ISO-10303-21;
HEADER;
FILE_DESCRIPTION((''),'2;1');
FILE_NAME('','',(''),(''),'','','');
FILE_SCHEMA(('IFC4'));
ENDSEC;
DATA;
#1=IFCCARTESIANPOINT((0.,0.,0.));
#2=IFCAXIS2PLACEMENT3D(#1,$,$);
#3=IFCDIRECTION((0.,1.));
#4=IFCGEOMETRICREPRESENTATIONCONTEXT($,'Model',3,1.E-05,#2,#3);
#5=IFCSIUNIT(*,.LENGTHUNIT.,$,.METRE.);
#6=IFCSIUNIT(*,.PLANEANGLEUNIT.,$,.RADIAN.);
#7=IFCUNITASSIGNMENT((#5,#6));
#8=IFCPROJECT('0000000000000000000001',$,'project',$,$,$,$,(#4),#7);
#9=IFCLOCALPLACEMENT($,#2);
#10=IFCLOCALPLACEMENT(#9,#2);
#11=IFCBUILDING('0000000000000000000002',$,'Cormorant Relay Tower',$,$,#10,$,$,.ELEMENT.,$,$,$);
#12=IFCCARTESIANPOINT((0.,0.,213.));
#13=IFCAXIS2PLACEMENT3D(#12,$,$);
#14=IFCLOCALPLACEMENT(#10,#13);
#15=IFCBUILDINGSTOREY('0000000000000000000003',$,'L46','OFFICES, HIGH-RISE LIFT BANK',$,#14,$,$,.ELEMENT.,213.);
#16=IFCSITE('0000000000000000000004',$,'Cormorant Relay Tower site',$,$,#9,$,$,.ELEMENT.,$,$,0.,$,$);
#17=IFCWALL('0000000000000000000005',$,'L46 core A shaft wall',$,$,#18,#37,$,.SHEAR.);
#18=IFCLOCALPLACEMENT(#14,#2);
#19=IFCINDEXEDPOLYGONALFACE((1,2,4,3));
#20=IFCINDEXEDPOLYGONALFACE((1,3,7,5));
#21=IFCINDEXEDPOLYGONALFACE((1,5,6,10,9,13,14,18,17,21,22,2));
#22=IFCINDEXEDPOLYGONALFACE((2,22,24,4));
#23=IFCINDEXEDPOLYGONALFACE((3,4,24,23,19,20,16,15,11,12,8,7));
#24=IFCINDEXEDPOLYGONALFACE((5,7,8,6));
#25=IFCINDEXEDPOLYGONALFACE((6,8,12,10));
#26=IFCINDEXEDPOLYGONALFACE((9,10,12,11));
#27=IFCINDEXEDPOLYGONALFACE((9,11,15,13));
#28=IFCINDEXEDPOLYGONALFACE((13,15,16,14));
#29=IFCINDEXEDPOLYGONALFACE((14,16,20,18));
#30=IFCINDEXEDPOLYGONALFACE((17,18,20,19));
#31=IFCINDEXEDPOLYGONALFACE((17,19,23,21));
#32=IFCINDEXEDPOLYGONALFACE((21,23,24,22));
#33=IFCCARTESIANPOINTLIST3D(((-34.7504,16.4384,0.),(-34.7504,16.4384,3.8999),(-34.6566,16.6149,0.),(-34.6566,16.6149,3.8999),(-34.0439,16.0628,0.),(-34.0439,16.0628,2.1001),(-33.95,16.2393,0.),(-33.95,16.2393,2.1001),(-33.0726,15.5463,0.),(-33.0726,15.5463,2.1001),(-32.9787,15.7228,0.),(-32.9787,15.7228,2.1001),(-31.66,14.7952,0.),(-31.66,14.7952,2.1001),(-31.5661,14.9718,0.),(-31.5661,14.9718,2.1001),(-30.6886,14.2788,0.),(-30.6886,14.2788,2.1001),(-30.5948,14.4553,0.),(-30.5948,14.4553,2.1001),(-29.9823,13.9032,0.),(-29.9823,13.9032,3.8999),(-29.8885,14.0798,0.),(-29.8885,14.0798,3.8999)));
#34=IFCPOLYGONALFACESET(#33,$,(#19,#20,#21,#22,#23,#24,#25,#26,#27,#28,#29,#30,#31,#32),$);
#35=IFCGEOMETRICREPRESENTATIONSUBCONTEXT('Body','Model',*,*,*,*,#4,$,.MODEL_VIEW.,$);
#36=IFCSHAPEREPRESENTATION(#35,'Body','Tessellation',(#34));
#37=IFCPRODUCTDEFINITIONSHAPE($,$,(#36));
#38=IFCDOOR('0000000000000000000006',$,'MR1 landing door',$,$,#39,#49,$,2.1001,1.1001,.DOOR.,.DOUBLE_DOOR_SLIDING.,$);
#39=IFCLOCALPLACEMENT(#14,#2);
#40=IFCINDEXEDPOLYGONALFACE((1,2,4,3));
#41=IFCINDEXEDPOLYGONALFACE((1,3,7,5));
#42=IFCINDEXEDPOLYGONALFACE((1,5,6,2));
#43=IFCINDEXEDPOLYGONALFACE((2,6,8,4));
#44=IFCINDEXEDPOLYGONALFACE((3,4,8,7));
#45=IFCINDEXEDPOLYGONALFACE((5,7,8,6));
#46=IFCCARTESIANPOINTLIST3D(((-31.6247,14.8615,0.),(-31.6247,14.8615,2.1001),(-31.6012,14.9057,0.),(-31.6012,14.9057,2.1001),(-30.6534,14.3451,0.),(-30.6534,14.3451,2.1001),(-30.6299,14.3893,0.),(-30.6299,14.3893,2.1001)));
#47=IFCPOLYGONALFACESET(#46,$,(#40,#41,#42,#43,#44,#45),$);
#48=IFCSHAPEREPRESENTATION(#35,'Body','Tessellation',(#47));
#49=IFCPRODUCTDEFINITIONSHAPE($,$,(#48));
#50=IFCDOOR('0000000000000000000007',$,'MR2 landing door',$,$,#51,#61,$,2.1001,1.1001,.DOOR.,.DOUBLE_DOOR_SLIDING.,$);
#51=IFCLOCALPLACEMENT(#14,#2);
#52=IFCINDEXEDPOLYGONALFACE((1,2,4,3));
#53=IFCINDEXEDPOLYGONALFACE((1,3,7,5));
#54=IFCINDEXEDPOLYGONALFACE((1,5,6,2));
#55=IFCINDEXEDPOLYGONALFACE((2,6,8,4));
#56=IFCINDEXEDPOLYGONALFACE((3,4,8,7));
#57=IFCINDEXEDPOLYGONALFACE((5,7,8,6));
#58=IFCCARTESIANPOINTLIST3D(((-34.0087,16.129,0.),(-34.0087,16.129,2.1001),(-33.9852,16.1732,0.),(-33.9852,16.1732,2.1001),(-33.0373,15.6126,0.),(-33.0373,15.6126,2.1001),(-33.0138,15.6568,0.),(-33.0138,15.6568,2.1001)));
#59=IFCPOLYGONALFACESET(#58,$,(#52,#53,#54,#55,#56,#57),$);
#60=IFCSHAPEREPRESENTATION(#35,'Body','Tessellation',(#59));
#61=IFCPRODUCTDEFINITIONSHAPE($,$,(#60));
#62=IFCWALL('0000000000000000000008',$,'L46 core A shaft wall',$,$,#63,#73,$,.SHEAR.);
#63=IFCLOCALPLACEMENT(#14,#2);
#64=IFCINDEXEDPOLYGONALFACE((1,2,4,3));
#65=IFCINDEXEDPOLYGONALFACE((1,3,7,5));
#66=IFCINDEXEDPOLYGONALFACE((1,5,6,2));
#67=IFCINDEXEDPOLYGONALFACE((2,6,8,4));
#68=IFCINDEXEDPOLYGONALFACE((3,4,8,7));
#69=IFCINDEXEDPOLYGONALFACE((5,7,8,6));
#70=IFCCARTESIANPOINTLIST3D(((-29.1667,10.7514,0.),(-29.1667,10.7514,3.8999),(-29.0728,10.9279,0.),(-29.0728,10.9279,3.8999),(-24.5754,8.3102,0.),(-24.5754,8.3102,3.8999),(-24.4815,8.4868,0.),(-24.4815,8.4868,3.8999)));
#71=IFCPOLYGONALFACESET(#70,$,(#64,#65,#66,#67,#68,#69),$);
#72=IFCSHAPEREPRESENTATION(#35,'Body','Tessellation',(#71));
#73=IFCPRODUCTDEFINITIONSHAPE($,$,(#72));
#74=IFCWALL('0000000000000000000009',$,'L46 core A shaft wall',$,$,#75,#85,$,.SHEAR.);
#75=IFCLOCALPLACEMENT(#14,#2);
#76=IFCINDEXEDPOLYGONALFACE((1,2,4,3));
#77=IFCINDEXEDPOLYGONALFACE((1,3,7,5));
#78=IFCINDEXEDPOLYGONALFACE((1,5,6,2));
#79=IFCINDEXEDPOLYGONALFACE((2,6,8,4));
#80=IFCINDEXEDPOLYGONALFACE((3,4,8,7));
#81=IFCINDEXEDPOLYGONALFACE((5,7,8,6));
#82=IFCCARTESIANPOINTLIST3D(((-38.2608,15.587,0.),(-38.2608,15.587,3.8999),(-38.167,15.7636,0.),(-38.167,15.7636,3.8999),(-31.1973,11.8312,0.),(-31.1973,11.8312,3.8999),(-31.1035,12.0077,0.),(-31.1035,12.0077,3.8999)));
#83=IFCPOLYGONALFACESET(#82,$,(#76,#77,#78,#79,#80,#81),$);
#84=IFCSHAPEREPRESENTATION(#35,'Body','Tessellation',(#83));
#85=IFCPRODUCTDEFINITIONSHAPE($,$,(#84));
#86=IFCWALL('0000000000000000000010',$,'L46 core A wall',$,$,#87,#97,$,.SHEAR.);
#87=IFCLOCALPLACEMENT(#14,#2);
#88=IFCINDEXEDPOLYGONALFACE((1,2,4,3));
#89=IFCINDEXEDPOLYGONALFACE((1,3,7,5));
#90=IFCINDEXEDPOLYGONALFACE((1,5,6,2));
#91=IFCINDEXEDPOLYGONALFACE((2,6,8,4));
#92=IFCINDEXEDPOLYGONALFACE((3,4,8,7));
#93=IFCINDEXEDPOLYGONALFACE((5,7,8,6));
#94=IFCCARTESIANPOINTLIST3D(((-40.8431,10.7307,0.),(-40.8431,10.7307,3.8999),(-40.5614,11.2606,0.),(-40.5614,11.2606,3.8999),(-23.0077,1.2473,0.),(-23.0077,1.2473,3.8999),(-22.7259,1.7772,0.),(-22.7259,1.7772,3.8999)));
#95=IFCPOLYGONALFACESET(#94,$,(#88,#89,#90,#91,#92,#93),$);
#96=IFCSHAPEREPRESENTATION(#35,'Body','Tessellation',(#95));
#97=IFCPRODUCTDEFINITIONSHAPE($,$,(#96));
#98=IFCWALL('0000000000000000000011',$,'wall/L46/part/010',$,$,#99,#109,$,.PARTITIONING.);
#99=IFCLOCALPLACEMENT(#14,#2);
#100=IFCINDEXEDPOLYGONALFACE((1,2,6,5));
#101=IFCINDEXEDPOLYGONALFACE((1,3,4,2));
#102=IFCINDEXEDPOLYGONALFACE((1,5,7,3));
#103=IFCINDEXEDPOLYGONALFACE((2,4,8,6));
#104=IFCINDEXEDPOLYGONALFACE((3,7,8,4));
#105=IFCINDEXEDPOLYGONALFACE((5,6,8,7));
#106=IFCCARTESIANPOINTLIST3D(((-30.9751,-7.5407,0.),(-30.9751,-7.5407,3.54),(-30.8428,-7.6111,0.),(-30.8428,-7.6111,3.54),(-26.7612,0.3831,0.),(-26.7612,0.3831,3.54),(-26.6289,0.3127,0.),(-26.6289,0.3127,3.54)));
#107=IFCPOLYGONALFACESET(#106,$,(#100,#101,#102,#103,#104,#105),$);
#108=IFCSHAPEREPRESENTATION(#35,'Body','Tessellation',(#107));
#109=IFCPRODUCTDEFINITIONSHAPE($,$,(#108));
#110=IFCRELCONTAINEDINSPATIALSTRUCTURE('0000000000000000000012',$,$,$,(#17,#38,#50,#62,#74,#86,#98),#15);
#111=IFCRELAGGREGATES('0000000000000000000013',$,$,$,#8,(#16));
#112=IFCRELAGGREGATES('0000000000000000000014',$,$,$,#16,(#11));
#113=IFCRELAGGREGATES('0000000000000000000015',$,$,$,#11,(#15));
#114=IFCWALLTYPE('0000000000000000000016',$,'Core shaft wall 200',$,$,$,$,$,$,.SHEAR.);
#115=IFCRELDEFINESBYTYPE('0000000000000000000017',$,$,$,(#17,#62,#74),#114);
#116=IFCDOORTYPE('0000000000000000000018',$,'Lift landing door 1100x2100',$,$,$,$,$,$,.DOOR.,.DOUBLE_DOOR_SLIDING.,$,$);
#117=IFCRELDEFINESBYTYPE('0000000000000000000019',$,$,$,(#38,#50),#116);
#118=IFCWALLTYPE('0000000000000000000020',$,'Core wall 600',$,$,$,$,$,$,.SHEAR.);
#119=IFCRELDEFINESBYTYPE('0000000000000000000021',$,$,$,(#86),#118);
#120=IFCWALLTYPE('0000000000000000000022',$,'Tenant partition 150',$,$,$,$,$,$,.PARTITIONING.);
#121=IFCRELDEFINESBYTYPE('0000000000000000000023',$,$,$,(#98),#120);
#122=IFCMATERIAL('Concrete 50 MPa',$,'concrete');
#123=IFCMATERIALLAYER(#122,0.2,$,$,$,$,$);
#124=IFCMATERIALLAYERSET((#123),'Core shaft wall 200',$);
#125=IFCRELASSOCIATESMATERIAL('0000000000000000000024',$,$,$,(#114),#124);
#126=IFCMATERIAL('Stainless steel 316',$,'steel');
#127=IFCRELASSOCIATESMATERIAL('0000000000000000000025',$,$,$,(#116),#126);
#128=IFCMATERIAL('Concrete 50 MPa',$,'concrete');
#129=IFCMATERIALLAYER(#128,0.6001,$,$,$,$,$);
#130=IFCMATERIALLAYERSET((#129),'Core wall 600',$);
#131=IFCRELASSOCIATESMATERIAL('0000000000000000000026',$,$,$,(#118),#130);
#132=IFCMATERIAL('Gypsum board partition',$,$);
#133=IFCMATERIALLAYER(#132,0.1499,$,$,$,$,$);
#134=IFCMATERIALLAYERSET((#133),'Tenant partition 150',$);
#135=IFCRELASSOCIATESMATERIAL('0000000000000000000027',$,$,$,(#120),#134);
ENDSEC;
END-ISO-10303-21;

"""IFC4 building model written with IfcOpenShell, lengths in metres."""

from ifc_helpers import new_model, si_unit, direction, frame, frame_2d, origin, place, context, subcontext, project, spatial, rectangle, extrude, material, layer, layer_set, type_object, element, fill, save


model = new_model("IFC4")

# Units and contexts
model_context = context("Model", 3, precision=1e-05, world=origin(), true_north=direction((0.0, 1.0)))
body_context = subcontext(model_context, "Body", "Model", "MODEL_VIEW")
ifc_project = project(units=[si_unit("LENGTHUNIT", "METRE"), si_unit("PLANEANGLEUNIT", "RADIAN")], contexts=[model_context])

# Site, building, storey
site_placement = place(None, origin())
site = spatial("IfcSite", under=ifc_project, at=site_placement, Name="Cormorant Relay Tower site", CompositionType="ELEMENT", RefElevation=0.0)
building_placement = place(site_placement, origin())
building = spatial("IfcBuilding", under=site, at=building_placement, Name="Cormorant Relay Tower", CompositionType="ELEMENT")
storey_placement = place(building_placement, frame((0.0, 0.0, 213.0)))
storey = spatial("IfcBuildingStorey", under=building, at=storey_placement, Name="L46", Description="OFFICES, HIGH-RISE LIFT BANK", CompositionType="ELEMENT", Elevation=213.0)

# Shared definitions
ifc_material_1 = material(Name="Concrete 50 MPa", Category="concrete")
ifc_layer_1 = layer(ifc_material_1, 0.2)
ifc_layer_set_1 = layer_set([ifc_layer_1], Name="Core shaft wall 200")
wall_type_1 = type_object("IfcWallType", Name="Core shaft wall 200", PredefinedType="SHEAR", material=ifc_layer_set_1)

# Wall, openings, doors
wall_1_placement = place(storey_placement, frame((-29.9353, 13.9915, 0.0), z_axis=(0.0, 0.0, 1.0), x_axis=(-0.882953, 0.469462, 0.0)))
wall_1 = element("IfcWall", 1, at=wall_1_placement, inside=storey, type_object=wall_type_1, Name="L46 core A shaft wall", PredefinedType="SHEAR", context=body_context, shape_type="SweptSolid", body=[
    extrude(rectangle(XDim=5.4001, YDim=0.2, at=frame_2d((2.7002, 0.0))), origin(), (0.0, 0.0, 1.0), 3.8999),
])
opening_1_placement = place(wall_1_placement, frame((0.8, 0.0, 0.0)))
opening_1 = element("IfcOpeningElement", 2, at=opening_1_placement, cuts=wall_1, PredefinedType="OPENING", context=body_context, shape_type="SweptSolid", body=[
    extrude(rectangle(XDim=1.1001, YDim=2.1001, at=frame_2d((0.55, 1.05))), frame((0.0, 0.1099, 0.0), z_axis=(0.0, -1.0, 0.0), x_axis=(1.0, 0.0, 0.0)), (0.0, 0.0, 1.0), 0.22),
])
opening_2_placement = place(wall_1_placement, frame((3.5, 0.0, 0.0)))
opening_2 = element("IfcOpeningElement", 3, at=opening_2_placement, cuts=wall_1, PredefinedType="OPENING", context=body_context, shape_type="SweptSolid", body=[
    extrude(rectangle(XDim=1.1001, YDim=2.1001, at=frame_2d((0.55, 1.05))), frame((0.0, 0.1099, 0.0), z_axis=(0.0, -1.0, 0.0), x_axis=(1.0, 0.0, 0.0)), (0.0, 0.0, 1.0), 0.22),
])
ifc_material_2 = material(Name="Stainless steel 316", Category="steel")
door_type_1 = type_object("IfcDoorType", Name="Lift landing door 1100x2100", OperationType="DOUBLE_DOOR_SLIDING", PredefinedType="DOOR", material=ifc_material_2)
door_1_placement = place(opening_1_placement, origin())
door_1 = element("IfcDoor", 4, at=door_1_placement, inside=storey, type_object=door_type_1, Name="MR1 landing door", OperationType="DOUBLE_DOOR_SLIDING", OverallHeight=2.1001, OverallWidth=1.1001, PredefinedType="DOOR", context=body_context, shape_type="SweptSolid", body=[
    extrude(rectangle(XDim=1.1001, YDim=2.1001, at=frame_2d((0.55, 1.05))), frame((0.0, 0.0249, 0.0), z_axis=(0.0, -1.0, 0.0), x_axis=(1.0, 0.0, 0.0)), (0.0, 0.0, 1.0), 0.05),
])
fill(opening_1, door_1)
door_2_placement = place(opening_2_placement, origin())
door_2 = element("IfcDoor", 5, at=door_2_placement, inside=storey, type_object=door_type_1, Name="MR2 landing door", OperationType="DOUBLE_DOOR_SLIDING", OverallHeight=2.1001, OverallWidth=1.1001, PredefinedType="DOOR", context=body_context, shape_type="SweptSolid", body=[
    extrude(rectangle(XDim=1.1001, YDim=2.1001, at=frame_2d((0.55, 1.05))), frame((0.0, 0.0249, 0.0), z_axis=(0.0, -1.0, 0.0), x_axis=(1.0, 0.0, 0.0)), (0.0, 0.0, 1.0), 0.05),
])
fill(opening_2, door_2)

# Walls
wall_2_placement = place(storey_placement, frame((-24.5283, 8.3984, 0.0), z_axis=(0.0, 0.0, 1.0), x_axis=(-0.882954, 0.46946, 0.0)))
element("IfcWall", 6, at=wall_2_placement, inside=storey, type_object=wall_type_1, Name="L46 core A shaft wall", PredefinedType="SHEAR", context=body_context, shape_type="SweptSolid", body=[
    extrude(rectangle(XDim=5.2, YDim=0.2, at=frame_2d((2.6001, 0.0))), origin(), (0.0, 0.0, 1.0), 3.8999),
])
wall_3_placement = place(storey_placement, frame((-31.1504, 11.9194, 0.0), z_axis=(0.0, 0.0, 1.0), x_axis=(-0.88294, 0.469485, 0.0)))
element("IfcWall", 7, at=wall_3_placement, inside=storey, type_object=wall_type_1, Name="L46 core A shaft wall", PredefinedType="SHEAR", context=body_context, shape_type="SweptSolid", body=[
    extrude(rectangle(XDim=8.0, YDim=0.2, at=frame_2d((4.0, 0.0))), origin(), (0.0, 0.0, 1.0), 3.8999),
])
ifc_material_3 = material(Name="Concrete 50 MPa", Category="concrete")
ifc_layer_2 = layer(ifc_material_3, 0.6001)
ifc_layer_set_2 = layer_set([ifc_layer_2], Name="Core wall 600")
wall_type_2 = type_object("IfcWallType", Name="Core wall 600", PredefinedType="SHEAR", material=ifc_layer_set_2)
wall_4_placement = place(storey_placement, frame((-22.8667, 1.5122, 0.0), z_axis=(0.0, 0.0, 1.0), x_axis=(-0.882945, 0.469476, 0.0)))
element("IfcWall", 8, at=wall_4_placement, inside=storey, type_object=wall_type_2, Name="L46 core A wall", PredefinedType="SHEAR", context=body_context, shape_type="SweptSolid", body=[
    extrude(rectangle(XDim=20.2, YDim=0.6001, at=frame_2d((10.1001, 0.0))), origin(), (0.0, 0.0, 1.0), 3.8999),
])
ifc_material_4 = material(Name="Gypsum board partition")
ifc_layer_3 = layer(ifc_material_4, 0.1499)
ifc_layer_set_3 = layer_set([ifc_layer_3], Name="Tenant partition 150")
wall_type_3 = type_object("IfcWallType", Name="Tenant partition 150", PredefinedType="PARTITIONING", material=ifc_layer_set_3)
wall_5_placement = place(storey_placement, frame((-26.6951, 0.3479, 0.0), z_axis=(0.0, 0.0, 1.0), x_axis=(-0.469532, -0.882916, 0.0)))
element("IfcWall", 9, at=wall_5_placement, inside=storey, type_object=wall_type_3, Name="wall/L46/part/010", PredefinedType="PARTITIONING", context=body_context, shape_type="SweptSolid", body=[
    extrude(rectangle(XDim=8.9746, YDim=0.1499, at=frame_2d((4.4873, 0.0))), origin(), (0.0, 0.0, 1.0), 3.54),
])

save(model, "model.ifc")
